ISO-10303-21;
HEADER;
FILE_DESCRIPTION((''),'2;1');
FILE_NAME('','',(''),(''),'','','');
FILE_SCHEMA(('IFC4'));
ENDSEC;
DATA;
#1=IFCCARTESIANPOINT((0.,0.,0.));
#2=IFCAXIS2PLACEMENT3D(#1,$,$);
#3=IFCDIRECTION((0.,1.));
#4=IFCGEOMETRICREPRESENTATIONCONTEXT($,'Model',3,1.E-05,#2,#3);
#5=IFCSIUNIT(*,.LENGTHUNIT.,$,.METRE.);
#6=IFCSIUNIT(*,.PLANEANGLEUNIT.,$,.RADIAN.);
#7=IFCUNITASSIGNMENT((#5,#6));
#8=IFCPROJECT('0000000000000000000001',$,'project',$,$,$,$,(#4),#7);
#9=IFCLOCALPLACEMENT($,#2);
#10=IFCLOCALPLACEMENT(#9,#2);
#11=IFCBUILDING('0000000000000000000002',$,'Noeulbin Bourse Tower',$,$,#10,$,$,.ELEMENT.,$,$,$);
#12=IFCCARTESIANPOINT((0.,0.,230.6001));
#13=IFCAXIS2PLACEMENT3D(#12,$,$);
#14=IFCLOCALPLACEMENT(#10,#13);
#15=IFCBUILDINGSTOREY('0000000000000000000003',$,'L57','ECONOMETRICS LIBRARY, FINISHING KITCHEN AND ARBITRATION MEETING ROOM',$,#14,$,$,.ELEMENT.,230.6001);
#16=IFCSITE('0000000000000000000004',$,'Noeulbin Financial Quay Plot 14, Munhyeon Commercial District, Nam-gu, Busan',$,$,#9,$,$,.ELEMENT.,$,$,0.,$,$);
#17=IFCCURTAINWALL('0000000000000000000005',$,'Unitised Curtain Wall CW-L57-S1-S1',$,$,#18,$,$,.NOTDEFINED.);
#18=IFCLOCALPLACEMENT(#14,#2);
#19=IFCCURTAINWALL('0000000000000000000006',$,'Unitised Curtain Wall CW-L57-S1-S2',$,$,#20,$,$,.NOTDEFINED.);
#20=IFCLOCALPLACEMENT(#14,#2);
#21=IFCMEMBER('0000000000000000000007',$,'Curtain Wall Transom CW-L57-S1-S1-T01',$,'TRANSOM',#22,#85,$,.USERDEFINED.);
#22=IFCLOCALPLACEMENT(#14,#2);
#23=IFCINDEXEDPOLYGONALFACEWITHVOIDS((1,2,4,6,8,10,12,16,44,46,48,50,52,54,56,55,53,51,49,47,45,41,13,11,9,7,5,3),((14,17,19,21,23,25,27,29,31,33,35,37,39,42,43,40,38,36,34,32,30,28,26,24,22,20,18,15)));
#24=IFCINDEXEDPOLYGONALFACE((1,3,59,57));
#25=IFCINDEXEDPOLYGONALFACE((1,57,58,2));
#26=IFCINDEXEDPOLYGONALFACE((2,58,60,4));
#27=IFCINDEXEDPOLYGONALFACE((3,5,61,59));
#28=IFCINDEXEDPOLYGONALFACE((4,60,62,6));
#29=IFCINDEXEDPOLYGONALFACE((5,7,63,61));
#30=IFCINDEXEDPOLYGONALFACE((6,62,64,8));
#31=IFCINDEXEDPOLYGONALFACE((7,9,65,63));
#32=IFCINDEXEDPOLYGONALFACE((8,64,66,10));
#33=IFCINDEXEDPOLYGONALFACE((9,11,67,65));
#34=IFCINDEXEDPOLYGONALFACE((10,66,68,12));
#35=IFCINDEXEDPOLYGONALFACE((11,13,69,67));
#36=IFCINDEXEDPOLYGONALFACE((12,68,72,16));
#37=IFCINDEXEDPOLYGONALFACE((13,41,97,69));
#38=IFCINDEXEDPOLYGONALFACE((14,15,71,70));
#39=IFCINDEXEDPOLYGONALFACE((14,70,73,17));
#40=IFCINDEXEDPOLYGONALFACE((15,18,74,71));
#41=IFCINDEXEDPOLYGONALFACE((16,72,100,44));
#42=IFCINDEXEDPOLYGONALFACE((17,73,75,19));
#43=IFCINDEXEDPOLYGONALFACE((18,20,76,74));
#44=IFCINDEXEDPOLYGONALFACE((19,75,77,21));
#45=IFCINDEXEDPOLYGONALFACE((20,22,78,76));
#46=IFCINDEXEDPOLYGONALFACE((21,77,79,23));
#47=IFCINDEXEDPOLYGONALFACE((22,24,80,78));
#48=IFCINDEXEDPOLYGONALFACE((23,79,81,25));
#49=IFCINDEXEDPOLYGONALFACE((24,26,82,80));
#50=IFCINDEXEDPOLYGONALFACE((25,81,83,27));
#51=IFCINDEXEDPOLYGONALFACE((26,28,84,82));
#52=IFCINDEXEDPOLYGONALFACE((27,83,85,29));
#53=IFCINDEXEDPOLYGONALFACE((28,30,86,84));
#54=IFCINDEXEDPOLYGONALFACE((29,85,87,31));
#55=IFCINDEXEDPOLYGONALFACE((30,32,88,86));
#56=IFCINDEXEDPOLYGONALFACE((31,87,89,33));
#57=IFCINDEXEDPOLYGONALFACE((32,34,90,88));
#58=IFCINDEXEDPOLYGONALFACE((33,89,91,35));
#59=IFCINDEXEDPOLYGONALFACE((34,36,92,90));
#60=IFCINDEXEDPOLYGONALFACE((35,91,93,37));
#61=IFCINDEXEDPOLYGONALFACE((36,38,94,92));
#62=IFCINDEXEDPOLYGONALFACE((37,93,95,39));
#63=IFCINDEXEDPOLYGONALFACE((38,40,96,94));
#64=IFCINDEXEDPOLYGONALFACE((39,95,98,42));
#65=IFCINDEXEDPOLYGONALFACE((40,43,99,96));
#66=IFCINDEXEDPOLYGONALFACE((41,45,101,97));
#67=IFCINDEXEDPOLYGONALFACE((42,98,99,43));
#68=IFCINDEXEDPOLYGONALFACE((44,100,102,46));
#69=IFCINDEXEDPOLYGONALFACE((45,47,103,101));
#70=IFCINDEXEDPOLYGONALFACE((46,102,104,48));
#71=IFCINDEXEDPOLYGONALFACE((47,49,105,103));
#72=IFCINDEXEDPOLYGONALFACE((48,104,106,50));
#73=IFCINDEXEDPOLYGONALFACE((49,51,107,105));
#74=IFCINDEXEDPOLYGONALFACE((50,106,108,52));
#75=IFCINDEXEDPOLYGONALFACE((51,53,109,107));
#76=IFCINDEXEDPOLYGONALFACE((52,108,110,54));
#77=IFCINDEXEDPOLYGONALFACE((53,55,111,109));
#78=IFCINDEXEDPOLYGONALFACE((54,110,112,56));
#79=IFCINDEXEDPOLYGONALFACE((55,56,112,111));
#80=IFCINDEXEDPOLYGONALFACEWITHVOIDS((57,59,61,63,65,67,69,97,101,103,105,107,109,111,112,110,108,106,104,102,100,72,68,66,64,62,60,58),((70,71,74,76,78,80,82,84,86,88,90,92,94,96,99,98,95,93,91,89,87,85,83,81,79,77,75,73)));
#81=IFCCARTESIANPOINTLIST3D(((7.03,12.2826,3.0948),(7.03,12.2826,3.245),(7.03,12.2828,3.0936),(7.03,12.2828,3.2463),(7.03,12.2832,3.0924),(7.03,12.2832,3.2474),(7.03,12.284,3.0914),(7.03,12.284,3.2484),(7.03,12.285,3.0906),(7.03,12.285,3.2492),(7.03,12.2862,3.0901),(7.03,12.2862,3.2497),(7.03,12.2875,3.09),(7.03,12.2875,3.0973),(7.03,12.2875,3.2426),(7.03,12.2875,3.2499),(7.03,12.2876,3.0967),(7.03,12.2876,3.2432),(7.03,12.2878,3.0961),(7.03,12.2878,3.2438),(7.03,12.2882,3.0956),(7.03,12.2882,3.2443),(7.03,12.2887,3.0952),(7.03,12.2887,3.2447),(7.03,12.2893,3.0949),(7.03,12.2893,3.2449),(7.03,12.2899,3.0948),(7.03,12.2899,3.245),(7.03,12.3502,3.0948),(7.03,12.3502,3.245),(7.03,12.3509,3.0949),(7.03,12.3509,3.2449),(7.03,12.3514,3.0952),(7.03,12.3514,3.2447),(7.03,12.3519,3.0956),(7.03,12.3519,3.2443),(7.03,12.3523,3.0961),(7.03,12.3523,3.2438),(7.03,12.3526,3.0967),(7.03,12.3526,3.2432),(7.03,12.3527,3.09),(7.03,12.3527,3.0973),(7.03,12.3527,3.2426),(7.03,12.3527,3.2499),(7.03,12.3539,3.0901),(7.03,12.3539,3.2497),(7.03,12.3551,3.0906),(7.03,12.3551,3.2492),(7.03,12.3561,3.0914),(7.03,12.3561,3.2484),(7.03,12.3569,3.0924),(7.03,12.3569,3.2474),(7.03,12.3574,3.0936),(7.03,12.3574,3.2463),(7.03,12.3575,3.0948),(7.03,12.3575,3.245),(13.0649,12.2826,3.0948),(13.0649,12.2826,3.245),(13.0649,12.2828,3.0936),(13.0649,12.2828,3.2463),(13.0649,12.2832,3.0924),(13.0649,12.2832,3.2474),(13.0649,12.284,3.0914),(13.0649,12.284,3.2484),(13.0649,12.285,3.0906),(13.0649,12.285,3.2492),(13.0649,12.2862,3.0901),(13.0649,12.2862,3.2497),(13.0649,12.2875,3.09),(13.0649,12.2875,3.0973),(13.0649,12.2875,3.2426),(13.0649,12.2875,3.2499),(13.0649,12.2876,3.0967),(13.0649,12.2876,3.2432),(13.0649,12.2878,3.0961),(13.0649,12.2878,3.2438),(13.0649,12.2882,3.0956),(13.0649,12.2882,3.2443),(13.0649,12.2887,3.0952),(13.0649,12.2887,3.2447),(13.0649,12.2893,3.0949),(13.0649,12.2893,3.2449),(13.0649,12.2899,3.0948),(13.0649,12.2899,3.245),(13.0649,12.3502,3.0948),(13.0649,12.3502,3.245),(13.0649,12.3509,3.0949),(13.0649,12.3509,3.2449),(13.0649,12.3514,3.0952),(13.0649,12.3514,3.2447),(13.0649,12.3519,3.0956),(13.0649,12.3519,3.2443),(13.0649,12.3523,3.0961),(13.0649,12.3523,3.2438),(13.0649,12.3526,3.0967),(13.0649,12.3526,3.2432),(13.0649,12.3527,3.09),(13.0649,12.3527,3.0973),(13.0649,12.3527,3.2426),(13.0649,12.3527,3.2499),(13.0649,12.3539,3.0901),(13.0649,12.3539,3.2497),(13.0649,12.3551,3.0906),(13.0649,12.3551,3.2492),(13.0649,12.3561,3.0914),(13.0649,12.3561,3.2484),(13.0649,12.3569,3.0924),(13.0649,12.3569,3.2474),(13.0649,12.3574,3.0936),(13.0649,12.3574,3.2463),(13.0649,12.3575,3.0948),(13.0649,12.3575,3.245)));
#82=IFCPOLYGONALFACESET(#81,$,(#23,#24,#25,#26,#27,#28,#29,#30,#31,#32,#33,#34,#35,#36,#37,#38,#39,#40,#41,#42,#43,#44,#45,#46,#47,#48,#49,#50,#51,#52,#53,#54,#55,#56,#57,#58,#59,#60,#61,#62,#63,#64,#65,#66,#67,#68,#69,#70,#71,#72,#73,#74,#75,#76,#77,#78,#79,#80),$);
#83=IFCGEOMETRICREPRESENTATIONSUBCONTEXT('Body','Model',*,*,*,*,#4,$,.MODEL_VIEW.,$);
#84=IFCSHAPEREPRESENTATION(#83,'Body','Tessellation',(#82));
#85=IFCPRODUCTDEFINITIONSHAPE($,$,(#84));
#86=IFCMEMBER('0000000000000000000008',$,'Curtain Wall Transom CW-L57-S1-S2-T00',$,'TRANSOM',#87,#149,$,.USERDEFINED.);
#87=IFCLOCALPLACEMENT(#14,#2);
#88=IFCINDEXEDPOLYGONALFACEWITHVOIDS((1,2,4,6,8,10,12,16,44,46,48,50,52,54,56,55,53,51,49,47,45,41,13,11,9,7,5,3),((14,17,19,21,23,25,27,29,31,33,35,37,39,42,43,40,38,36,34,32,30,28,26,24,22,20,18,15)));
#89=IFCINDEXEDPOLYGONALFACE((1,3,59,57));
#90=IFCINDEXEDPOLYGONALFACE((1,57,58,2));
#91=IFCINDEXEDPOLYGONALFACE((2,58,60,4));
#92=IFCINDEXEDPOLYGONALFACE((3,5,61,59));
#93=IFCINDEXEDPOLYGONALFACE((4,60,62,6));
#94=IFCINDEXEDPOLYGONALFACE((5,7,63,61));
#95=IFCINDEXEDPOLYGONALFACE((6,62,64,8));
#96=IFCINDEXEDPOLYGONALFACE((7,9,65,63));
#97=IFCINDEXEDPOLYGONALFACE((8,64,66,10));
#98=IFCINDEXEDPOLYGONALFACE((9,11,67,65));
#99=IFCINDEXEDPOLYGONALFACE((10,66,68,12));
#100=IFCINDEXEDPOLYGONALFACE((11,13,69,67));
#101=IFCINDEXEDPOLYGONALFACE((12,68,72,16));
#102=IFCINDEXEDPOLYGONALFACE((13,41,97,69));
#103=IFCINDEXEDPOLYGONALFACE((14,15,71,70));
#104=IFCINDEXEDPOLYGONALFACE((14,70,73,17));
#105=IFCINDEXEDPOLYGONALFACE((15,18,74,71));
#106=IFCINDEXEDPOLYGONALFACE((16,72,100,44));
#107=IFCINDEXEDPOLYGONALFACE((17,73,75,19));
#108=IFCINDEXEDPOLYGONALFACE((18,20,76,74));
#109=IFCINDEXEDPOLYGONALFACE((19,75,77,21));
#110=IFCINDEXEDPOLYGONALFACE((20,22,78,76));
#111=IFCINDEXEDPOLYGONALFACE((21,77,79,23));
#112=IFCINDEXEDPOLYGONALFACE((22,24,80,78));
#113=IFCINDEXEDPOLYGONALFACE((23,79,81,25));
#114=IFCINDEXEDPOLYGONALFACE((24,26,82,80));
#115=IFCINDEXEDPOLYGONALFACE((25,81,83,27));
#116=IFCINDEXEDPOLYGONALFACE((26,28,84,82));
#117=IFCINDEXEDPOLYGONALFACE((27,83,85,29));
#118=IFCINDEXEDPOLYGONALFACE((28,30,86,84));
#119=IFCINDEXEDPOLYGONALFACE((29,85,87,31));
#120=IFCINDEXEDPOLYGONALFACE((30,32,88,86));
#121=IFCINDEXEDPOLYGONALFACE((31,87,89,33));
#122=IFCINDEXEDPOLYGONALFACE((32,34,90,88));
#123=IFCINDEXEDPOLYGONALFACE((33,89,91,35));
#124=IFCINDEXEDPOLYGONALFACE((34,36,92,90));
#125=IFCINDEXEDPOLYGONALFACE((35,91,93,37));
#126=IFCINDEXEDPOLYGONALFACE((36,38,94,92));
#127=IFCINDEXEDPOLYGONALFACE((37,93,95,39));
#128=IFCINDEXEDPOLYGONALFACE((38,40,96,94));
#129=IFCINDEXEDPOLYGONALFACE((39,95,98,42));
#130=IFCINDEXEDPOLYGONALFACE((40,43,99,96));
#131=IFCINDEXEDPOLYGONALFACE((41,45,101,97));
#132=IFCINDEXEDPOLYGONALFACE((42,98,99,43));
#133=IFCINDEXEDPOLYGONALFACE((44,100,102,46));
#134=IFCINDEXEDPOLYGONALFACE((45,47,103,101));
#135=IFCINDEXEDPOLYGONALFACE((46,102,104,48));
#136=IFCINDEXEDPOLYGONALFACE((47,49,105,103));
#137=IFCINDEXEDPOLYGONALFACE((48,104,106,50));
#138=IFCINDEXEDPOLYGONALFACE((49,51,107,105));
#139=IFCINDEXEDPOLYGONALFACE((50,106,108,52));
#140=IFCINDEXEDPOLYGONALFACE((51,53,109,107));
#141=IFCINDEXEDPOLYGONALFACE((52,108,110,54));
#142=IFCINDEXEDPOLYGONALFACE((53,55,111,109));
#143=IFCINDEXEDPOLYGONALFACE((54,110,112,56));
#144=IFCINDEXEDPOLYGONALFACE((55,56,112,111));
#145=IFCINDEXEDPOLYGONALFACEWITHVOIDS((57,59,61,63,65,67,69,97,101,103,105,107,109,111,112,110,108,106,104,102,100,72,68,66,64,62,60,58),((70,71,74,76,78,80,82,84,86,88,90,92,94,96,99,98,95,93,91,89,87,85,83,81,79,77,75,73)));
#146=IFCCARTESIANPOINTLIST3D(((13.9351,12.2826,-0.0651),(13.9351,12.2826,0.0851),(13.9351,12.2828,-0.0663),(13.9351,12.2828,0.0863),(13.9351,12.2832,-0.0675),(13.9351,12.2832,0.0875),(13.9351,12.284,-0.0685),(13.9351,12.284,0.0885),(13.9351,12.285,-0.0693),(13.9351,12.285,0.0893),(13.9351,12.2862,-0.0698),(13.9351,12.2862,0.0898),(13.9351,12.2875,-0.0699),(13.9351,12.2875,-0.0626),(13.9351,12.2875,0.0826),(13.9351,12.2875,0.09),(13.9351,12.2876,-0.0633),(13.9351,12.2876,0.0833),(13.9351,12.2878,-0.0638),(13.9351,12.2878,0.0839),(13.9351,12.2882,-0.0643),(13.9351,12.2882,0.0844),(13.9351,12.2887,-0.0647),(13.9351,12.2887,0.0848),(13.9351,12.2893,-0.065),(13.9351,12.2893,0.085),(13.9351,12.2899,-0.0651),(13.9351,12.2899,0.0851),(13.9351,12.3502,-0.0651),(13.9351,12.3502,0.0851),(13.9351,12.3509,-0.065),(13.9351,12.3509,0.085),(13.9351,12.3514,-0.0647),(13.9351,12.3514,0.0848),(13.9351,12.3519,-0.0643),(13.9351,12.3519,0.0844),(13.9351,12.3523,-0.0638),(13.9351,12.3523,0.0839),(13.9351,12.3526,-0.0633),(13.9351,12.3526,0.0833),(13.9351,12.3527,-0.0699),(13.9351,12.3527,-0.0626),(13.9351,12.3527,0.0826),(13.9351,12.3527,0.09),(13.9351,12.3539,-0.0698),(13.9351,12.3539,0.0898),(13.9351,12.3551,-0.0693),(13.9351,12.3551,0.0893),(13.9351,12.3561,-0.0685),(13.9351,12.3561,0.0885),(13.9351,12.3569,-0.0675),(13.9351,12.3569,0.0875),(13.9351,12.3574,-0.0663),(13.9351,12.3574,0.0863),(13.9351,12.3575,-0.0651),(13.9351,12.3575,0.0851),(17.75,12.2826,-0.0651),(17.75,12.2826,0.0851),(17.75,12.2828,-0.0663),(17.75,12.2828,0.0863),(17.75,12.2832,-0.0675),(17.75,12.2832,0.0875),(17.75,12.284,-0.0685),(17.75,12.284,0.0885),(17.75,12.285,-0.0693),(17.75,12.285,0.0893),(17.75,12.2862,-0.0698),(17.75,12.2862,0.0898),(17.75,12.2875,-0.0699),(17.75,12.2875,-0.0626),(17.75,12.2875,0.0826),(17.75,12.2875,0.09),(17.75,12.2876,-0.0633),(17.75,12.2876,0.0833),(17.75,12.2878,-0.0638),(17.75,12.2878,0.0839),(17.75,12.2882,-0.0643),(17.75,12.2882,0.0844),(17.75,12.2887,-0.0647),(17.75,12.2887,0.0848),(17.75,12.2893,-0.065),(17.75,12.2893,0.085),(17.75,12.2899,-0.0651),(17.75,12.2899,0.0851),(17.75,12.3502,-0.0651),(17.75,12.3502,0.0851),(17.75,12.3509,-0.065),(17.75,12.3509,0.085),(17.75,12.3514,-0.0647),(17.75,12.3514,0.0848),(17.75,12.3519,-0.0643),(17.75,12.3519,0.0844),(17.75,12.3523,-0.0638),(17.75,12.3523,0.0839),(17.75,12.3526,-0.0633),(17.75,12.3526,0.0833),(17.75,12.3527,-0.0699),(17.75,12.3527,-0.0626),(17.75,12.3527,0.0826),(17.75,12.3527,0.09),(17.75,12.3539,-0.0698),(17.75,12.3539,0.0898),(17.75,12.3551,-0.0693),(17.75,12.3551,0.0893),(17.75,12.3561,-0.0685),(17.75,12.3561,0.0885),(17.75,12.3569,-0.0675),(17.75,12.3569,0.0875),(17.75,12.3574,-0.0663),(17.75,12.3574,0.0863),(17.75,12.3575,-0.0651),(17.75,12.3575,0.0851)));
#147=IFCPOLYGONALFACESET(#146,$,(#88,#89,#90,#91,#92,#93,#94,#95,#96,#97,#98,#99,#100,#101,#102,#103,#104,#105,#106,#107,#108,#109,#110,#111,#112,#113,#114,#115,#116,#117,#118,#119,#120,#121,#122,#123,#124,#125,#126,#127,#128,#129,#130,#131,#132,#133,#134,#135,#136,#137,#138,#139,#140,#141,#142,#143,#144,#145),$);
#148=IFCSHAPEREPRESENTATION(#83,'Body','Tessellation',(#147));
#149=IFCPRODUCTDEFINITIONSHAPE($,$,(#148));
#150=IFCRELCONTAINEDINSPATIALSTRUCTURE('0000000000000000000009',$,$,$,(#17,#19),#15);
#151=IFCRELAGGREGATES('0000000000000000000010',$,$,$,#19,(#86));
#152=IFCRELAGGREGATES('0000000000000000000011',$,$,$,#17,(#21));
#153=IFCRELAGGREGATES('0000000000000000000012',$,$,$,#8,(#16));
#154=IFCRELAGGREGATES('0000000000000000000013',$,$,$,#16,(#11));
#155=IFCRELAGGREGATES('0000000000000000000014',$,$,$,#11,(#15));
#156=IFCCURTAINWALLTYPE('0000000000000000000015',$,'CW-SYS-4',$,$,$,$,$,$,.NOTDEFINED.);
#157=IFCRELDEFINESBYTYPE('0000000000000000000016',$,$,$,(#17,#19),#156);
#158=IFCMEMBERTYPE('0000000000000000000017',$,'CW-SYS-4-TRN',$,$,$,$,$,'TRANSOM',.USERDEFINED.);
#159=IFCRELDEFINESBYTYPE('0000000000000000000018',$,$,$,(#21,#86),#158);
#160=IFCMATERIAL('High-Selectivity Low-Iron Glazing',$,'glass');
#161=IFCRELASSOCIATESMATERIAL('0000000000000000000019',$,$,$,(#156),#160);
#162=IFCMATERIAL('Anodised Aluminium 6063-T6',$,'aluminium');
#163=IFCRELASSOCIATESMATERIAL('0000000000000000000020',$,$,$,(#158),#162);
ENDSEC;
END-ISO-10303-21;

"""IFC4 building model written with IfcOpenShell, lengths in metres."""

from ifc_helpers import new_model, si_unit, direction, frame, origin, origin_2d, place, context, subcontext, project, spatial, hollow_rectangle, extrude, material, material_profile, profile_set, type_object, element, aggregate, save


model = new_model("IFC4")

# Units and contexts
model_context = context("Model", 3, precision=1e-05, world=origin(), true_north=direction((0.0, 1.0)))
body_context = subcontext(model_context, "Body", "Model", "MODEL_VIEW")
ifc_project = project(units=[si_unit("LENGTHUNIT", "METRE"), si_unit("PLANEANGLEUNIT", "RADIAN")], contexts=[model_context])

# Site, building, storey
site_placement = place(None, origin())
site = spatial("IfcSite", under=ifc_project, at=site_placement, Name="Noeulbin Financial Quay Plot 14, Munhyeon Commercial District, Nam-gu, Busan", CompositionType="ELEMENT", RefElevation=0.0)
building_placement = place(site_placement, origin())
building = spatial("IfcBuilding", under=site, at=building_placement, Name="Noeulbin Bourse Tower", CompositionType="ELEMENT")
storey_placement = place(building_placement, frame((0.0, 0.0, 230.6001)))
storey = spatial("IfcBuildingStorey", under=building, at=storey_placement, Name="L57", Description="ECONOMETRICS LIBRARY, FINISHING KITCHEN AND ARBITRATION MEETING ROOM", CompositionType="ELEMENT", Elevation=230.6001)

# Curtain wall
ifc_material_1 = material(Name="High-Selectivity Low-Iron Glazing", Category="glass")
curtain_wall_type = type_object("IfcCurtainWallType", Name="CW-SYS-4", PredefinedType="NOTDEFINED", material=ifc_material_1)
curtain_wall_1_placement = place(storey_placement, origin())
curtain_wall_1 = element("IfcCurtainWall", 1, at=curtain_wall_1_placement, inside=storey, type_object=curtain_wall_type, Name="Unitised Curtain Wall CW-L57-S1-S1", PredefinedType="NOTDEFINED")
ifc_material_2 = material(Name="Anodised Aluminium 6063-T6", Category="aluminium")

# Curtain wall
curtain_wall_2_placement = place(storey_placement, origin())
curtain_wall_2 = element("IfcCurtainWall", 2, at=curtain_wall_2_placement, inside=storey, type_object=curtain_wall_type, Name="Unitised Curtain Wall CW-L57-S1-S2", PredefinedType="NOTDEFINED")

# Members
ifc_material_profile_1 = material_profile(ifc_material_2, hollow_rectangle(XDim=0.075, YDim=0.1599, WallThickness=0.0049, InnerFilletRadius=0.0024, OuterFilletRadius=0.0049, at=origin_2d()), Name="ALU-TRAN-75x160x5", Category="LoadBearing")
ifc_profile_set_1 = profile_set([ifc_material_profile_1], Name="Anodised Aluminium 6063-T6")
member_type_1 = type_object("IfcMemberType", Name="CW-SYS-4-TRN", ElementType="TRANSOM", PredefinedType="USERDEFINED", material=ifc_profile_set_1)
member_1_placement = place(storey_placement, frame((7.03, 12.3201, 3.1699), z_axis=(1.0, 0.0, 0.0), x_axis=(0.0, 1.0, 0.0)))
member_1 = element("IfcMember", 3, at=member_1_placement, type_object=member_type_1, Name="Curtain Wall Transom CW-L57-S1-S1-T01", ObjectType="TRANSOM", PredefinedType="USERDEFINED", context=body_context, shape_type="SweptSolid", body=[
    extrude(hollow_rectangle(XDim=0.075, YDim=0.1599, WallThickness=0.0049, InnerFilletRadius=0.0024, OuterFilletRadius=0.0049, at=origin_2d()), origin(), (0.0, 0.0, 1.0), 6.0349),
])
member_2_placement = place(storey_placement, frame((13.9351, 12.3201, 0.01), z_axis=(1.0, 0.0, 0.0), x_axis=(0.0, 1.0, 0.0)))
member_2 = element("IfcMember", 4, at=member_2_placement, type_object=member_type_1, Name="Curtain Wall Transom CW-L57-S1-S2-T00", ObjectType="TRANSOM", PredefinedType="USERDEFINED", context=body_context, shape_type="SweptSolid", body=[
    extrude(hollow_rectangle(XDim=0.075, YDim=0.1599, WallThickness=0.0049, InnerFilletRadius=0.0024, OuterFilletRadius=0.0049, at=origin_2d()), origin(), (0.0, 0.0, 1.0), 3.8149),
])
aggregate(curtain_wall_2, [member_2])

aggregate(curtain_wall_1, [member_1])

save(model, "model.ifc")
